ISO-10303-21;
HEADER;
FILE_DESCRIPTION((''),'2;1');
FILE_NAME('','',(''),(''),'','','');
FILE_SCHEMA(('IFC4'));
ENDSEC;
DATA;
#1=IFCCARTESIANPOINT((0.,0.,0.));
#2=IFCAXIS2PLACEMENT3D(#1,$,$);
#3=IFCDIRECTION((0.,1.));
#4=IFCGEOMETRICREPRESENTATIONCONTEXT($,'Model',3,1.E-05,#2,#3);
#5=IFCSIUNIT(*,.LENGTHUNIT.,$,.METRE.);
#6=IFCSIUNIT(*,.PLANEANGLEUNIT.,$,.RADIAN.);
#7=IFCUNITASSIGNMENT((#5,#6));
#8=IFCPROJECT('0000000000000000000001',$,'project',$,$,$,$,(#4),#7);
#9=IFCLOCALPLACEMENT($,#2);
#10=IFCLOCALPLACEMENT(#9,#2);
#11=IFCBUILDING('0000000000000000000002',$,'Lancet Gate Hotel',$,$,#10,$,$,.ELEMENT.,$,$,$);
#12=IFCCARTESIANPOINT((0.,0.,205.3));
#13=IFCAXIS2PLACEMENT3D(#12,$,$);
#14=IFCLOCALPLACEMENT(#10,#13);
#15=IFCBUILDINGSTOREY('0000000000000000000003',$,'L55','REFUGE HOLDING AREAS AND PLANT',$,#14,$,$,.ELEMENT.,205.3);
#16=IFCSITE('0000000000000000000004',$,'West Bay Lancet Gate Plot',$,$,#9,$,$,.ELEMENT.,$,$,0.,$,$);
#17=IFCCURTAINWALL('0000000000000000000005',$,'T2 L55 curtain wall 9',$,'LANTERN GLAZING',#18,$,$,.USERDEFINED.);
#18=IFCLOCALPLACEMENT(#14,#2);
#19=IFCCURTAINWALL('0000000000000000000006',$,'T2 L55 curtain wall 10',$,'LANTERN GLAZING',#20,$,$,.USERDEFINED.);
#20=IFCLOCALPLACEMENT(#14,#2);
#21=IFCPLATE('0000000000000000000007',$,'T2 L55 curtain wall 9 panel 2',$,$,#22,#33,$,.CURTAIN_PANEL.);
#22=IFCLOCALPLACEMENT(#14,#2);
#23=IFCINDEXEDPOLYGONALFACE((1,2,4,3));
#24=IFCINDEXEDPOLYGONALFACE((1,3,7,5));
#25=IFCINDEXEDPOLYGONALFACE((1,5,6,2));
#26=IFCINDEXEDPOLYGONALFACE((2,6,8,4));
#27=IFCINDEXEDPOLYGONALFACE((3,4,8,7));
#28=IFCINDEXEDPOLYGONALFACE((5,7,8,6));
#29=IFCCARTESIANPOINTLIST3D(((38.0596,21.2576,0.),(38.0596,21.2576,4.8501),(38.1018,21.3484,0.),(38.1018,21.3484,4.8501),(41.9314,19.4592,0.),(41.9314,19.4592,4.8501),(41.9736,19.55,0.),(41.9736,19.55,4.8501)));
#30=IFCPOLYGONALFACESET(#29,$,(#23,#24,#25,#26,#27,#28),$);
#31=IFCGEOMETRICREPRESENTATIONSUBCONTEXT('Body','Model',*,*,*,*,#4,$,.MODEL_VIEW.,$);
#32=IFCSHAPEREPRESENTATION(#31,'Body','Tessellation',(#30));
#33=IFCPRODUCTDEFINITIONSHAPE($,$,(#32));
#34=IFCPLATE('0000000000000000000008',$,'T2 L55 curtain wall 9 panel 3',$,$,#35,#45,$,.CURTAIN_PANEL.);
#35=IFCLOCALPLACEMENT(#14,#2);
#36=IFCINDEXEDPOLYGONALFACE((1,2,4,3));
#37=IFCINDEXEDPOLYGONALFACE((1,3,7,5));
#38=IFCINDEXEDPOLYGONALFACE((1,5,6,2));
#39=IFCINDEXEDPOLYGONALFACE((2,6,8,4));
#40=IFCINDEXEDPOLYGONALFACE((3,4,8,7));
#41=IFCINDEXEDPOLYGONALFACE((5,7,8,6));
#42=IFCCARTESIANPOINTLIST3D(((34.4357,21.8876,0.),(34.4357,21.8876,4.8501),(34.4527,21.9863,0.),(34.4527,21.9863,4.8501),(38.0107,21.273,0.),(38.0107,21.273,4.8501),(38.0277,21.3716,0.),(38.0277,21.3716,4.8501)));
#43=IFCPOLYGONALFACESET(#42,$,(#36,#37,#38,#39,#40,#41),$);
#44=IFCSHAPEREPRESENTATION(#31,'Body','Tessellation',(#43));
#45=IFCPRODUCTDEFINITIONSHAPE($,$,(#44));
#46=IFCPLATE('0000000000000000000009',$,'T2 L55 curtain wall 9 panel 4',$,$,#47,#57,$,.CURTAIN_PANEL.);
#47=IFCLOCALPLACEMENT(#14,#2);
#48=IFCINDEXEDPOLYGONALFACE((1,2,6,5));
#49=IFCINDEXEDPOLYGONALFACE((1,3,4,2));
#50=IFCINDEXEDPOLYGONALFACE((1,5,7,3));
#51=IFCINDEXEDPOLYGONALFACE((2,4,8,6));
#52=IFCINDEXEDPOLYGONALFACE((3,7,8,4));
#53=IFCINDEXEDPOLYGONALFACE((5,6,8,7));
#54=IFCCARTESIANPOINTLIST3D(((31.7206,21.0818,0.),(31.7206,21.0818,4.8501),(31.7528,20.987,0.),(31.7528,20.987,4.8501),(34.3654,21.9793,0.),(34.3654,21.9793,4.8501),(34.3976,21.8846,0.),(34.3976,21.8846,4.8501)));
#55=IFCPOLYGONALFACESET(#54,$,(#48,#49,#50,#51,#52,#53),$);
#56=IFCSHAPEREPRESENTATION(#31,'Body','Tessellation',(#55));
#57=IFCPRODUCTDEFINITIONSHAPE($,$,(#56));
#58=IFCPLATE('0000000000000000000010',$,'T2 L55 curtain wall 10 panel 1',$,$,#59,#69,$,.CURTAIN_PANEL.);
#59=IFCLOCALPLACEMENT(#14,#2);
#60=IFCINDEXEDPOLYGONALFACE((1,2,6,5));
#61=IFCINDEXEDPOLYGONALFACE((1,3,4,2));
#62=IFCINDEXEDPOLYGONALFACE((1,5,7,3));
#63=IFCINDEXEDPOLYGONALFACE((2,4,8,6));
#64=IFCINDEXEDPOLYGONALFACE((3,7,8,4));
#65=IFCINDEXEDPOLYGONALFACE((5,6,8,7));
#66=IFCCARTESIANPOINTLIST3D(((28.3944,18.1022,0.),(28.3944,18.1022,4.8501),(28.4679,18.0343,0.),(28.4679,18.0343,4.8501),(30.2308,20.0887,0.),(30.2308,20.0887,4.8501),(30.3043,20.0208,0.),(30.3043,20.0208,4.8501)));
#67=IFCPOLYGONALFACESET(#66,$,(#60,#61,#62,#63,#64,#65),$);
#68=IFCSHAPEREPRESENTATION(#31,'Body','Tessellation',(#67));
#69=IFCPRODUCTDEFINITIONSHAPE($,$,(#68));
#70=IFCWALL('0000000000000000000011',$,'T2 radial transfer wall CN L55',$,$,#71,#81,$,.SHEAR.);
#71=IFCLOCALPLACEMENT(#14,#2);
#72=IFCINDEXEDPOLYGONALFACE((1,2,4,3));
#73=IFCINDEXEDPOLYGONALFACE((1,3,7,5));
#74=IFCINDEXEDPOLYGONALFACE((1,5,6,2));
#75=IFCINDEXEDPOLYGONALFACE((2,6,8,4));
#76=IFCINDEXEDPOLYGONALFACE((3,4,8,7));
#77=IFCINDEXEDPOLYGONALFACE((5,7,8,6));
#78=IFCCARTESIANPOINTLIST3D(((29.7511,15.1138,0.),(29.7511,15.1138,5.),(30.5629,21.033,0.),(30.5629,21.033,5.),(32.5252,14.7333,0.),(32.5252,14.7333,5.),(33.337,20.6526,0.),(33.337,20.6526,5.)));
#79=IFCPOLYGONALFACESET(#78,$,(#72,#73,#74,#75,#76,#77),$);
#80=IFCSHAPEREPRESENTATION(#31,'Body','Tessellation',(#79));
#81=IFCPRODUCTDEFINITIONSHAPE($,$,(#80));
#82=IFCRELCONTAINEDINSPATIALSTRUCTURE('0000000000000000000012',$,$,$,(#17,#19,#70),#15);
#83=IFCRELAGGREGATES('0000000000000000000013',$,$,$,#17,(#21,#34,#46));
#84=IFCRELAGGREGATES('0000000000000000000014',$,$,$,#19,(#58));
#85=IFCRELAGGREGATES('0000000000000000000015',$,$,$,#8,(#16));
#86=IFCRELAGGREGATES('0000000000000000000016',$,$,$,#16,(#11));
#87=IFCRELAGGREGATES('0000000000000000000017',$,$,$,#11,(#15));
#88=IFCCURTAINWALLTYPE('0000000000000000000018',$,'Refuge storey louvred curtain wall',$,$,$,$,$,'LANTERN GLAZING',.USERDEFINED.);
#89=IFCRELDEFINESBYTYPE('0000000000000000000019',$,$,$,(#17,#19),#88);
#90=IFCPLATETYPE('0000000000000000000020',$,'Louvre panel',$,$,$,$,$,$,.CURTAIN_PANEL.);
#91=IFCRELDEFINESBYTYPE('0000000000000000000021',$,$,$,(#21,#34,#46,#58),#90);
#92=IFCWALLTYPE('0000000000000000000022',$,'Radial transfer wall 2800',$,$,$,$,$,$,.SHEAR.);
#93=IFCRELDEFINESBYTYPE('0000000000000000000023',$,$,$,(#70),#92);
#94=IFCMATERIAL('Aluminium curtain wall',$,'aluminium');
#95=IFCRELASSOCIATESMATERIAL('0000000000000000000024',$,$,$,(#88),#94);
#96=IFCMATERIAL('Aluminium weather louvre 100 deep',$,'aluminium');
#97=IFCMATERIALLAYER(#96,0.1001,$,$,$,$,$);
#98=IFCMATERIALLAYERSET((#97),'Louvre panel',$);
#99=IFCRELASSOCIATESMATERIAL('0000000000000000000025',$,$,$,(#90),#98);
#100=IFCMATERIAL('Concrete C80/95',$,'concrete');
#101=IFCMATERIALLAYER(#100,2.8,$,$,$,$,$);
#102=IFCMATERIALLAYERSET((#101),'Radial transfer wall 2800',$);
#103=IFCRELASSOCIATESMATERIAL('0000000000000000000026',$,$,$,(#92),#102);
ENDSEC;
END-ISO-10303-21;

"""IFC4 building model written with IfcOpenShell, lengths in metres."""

from ifc_helpers import new_model, si_unit, direction, frame, frame_2d, origin, origin_2d, place, context, subcontext, project, spatial, rectangle, extrude, material, layer, layer_set, type_object, element, aggregate, save


model = new_model("IFC4")

# Units and contexts
model_context = context("Model", 3, precision=1e-05, world=origin(), true_north=direction((0.0, 1.0)))
body_context = subcontext(model_context, "Body", "Model", "MODEL_VIEW")
ifc_project = project(units=[si_unit("LENGTHUNIT", "METRE"), si_unit("PLANEANGLEUNIT", "RADIAN")], contexts=[model_context])

# Site, building, storey
site_placement = place(None, origin())
site = spatial("IfcSite", under=ifc_project, at=site_placement, Name="West Bay Lancet Gate Plot", CompositionType="ELEMENT", RefElevation=0.0)
building_placement = place(site_placement, origin())
building = spatial("IfcBuilding", under=site, at=building_placement, Name="Lancet Gate Hotel", CompositionType="ELEMENT")
storey_placement = place(building_placement, frame((0.0, 0.0, 205.3)))
storey = spatial("IfcBuildingStorey", under=building, at=storey_placement, Name="L55", Description="REFUGE HOLDING AREAS AND PLANT", CompositionType="ELEMENT", Elevation=205.3)

# Curtain walls
ifc_material_1 = material(Name="Aluminium curtain wall", Category="aluminium")
curtain_wall_type = type_object("IfcCurtainWallType", Name="Refuge storey louvred curtain wall", ElementType="LANTERN GLAZING", PredefinedType="USERDEFINED", material=ifc_material_1)
curtain_wall_1_placement = place(storey_placement, origin())
curtain_wall_1 = element("IfcCurtainWall", 1, at=curtain_wall_1_placement, inside=storey, type_object=curtain_wall_type, Name="T2 L55 curtain wall 9", ObjectType="LANTERN GLAZING", PredefinedType="USERDEFINED")
curtain_wall_2_placement = place(storey_placement, origin())
curtain_wall_2 = element("IfcCurtainWall", 2, at=curtain_wall_2_placement, inside=storey, type_object=curtain_wall_type, Name="T2 L55 curtain wall 10", ObjectType="LANTERN GLAZING", PredefinedType="USERDEFINED")

# Plates
ifc_material_2 = material(Name="Aluminium weather louvre 100 deep", Category="aluminium")
ifc_layer_1 = layer(ifc_material_2, 0.1001)
ifc_layer_set_1 = layer_set([ifc_layer_1], Name="Louvre panel")
plate_type = type_object("IfcPlateType", Name="Louvre panel", PredefinedType="CURTAIN_PANEL", material=ifc_layer_set_1)
plate_1_placement = place(storey_placement, frame((40.0166, 20.4038, 0.0), z_axis=(0.0, 0.0, 1.0), x_axis=(-0.906935, 0.421271, 0.0)))
plate_1 = element("IfcPlate", 3, at=plate_1_placement, type_object=plate_type, Name="T2 L55 curtain wall 9 panel 2", PredefinedType="CURTAIN_PANEL", context=body_context, shape_type="SweptSolid", body=[
    extrude(rectangle(XDim=4.269, YDim=0.1001, at=origin_2d()), origin(), (0.0, 0.0, 1.0), 4.8501),
])
plate_2_placement = place(storey_placement, frame((36.2317, 21.6296, 0.0), z_axis=(0.0, 0.0, 1.0), x_axis=(-0.98554, 0.169445, 0.0)))
plate_2 = element("IfcPlate", 4, at=plate_2_placement, type_object=plate_type, Name="T2 L55 curtain wall 9 panel 3", PredefinedType="CURTAIN_PANEL", context=body_context, shape_type="SweptSolid", body=[
    extrude(rectangle(XDim=3.6274, YDim=0.1001, at=origin_2d()), origin(), (0.0, 0.0, 1.0), 4.8501),
])
plate_3_placement = place(storey_placement, frame((33.0591, 21.4832, 0.0), z_axis=(0.0, 0.0, 1.0), x_axis=(-0.946952, -0.321374, 0.0)))
plate_3 = element("IfcPlate", 5, at=plate_3_placement, type_object=plate_type, Name="T2 L55 curtain wall 9 panel 4", PredefinedType="CURTAIN_PANEL", context=body_context, shape_type="SweptSolid", body=[
    extrude(rectangle(XDim=2.793, YDim=0.1001, at=origin_2d()), origin(), (0.0, 0.0, 1.0), 4.8501),
])
aggregate(curtain_wall_1, [plate_1, plate_2, plate_3])
plate_4_placement = place(storey_placement, frame((29.3494, 19.0615, 0.0), z_axis=(0.0, 0.0, 1.0), x_axis=(-0.678831, -0.734294, 0.0)))
plate_4 = element("IfcPlate", 6, at=plate_4_placement, type_object=plate_type, Name="T2 L55 curtain wall 10 panel 1", PredefinedType="CURTAIN_PANEL", context=body_context, shape_type="SweptSolid", body=[
    extrude(rectangle(XDim=2.7053, YDim=0.1001, at=origin_2d()), origin(), (0.0, 0.0, 1.0), 4.8501),
])
aggregate(curtain_wall_2, [plate_4])

# Wall
ifc_material_3 = material(Name="Concrete C80/95", Category="concrete")
ifc_layer_2 = layer(ifc_material_3, 2.8)
ifc_layer_set_2 = layer_set([ifc_layer_2], Name="Radial transfer wall 2800")
wall_type = type_object("IfcWallType", Name="Radial transfer wall 2800", PredefinedType="SHEAR", material=ifc_layer_set_2)
wall_placement = place(storey_placement, frame((31.95, 20.8428, 0.0), z_axis=(0.0, 0.0, 1.0), x_axis=(-0.13587, -0.990727, 0.0)))
element("IfcWall", 7, at=wall_placement, inside=storey, type_object=wall_type, Name="T2 radial transfer wall CN L55", PredefinedType="SHEAR", context=body_context, shape_type="SweptSolid", body=[
    extrude(rectangle(XDim=5.9746, YDim=2.8, at=frame_2d((2.9873, 0.0))), origin(), (0.0, 0.0, 1.0), 5.0),
])

save(model, "model.ifc")
